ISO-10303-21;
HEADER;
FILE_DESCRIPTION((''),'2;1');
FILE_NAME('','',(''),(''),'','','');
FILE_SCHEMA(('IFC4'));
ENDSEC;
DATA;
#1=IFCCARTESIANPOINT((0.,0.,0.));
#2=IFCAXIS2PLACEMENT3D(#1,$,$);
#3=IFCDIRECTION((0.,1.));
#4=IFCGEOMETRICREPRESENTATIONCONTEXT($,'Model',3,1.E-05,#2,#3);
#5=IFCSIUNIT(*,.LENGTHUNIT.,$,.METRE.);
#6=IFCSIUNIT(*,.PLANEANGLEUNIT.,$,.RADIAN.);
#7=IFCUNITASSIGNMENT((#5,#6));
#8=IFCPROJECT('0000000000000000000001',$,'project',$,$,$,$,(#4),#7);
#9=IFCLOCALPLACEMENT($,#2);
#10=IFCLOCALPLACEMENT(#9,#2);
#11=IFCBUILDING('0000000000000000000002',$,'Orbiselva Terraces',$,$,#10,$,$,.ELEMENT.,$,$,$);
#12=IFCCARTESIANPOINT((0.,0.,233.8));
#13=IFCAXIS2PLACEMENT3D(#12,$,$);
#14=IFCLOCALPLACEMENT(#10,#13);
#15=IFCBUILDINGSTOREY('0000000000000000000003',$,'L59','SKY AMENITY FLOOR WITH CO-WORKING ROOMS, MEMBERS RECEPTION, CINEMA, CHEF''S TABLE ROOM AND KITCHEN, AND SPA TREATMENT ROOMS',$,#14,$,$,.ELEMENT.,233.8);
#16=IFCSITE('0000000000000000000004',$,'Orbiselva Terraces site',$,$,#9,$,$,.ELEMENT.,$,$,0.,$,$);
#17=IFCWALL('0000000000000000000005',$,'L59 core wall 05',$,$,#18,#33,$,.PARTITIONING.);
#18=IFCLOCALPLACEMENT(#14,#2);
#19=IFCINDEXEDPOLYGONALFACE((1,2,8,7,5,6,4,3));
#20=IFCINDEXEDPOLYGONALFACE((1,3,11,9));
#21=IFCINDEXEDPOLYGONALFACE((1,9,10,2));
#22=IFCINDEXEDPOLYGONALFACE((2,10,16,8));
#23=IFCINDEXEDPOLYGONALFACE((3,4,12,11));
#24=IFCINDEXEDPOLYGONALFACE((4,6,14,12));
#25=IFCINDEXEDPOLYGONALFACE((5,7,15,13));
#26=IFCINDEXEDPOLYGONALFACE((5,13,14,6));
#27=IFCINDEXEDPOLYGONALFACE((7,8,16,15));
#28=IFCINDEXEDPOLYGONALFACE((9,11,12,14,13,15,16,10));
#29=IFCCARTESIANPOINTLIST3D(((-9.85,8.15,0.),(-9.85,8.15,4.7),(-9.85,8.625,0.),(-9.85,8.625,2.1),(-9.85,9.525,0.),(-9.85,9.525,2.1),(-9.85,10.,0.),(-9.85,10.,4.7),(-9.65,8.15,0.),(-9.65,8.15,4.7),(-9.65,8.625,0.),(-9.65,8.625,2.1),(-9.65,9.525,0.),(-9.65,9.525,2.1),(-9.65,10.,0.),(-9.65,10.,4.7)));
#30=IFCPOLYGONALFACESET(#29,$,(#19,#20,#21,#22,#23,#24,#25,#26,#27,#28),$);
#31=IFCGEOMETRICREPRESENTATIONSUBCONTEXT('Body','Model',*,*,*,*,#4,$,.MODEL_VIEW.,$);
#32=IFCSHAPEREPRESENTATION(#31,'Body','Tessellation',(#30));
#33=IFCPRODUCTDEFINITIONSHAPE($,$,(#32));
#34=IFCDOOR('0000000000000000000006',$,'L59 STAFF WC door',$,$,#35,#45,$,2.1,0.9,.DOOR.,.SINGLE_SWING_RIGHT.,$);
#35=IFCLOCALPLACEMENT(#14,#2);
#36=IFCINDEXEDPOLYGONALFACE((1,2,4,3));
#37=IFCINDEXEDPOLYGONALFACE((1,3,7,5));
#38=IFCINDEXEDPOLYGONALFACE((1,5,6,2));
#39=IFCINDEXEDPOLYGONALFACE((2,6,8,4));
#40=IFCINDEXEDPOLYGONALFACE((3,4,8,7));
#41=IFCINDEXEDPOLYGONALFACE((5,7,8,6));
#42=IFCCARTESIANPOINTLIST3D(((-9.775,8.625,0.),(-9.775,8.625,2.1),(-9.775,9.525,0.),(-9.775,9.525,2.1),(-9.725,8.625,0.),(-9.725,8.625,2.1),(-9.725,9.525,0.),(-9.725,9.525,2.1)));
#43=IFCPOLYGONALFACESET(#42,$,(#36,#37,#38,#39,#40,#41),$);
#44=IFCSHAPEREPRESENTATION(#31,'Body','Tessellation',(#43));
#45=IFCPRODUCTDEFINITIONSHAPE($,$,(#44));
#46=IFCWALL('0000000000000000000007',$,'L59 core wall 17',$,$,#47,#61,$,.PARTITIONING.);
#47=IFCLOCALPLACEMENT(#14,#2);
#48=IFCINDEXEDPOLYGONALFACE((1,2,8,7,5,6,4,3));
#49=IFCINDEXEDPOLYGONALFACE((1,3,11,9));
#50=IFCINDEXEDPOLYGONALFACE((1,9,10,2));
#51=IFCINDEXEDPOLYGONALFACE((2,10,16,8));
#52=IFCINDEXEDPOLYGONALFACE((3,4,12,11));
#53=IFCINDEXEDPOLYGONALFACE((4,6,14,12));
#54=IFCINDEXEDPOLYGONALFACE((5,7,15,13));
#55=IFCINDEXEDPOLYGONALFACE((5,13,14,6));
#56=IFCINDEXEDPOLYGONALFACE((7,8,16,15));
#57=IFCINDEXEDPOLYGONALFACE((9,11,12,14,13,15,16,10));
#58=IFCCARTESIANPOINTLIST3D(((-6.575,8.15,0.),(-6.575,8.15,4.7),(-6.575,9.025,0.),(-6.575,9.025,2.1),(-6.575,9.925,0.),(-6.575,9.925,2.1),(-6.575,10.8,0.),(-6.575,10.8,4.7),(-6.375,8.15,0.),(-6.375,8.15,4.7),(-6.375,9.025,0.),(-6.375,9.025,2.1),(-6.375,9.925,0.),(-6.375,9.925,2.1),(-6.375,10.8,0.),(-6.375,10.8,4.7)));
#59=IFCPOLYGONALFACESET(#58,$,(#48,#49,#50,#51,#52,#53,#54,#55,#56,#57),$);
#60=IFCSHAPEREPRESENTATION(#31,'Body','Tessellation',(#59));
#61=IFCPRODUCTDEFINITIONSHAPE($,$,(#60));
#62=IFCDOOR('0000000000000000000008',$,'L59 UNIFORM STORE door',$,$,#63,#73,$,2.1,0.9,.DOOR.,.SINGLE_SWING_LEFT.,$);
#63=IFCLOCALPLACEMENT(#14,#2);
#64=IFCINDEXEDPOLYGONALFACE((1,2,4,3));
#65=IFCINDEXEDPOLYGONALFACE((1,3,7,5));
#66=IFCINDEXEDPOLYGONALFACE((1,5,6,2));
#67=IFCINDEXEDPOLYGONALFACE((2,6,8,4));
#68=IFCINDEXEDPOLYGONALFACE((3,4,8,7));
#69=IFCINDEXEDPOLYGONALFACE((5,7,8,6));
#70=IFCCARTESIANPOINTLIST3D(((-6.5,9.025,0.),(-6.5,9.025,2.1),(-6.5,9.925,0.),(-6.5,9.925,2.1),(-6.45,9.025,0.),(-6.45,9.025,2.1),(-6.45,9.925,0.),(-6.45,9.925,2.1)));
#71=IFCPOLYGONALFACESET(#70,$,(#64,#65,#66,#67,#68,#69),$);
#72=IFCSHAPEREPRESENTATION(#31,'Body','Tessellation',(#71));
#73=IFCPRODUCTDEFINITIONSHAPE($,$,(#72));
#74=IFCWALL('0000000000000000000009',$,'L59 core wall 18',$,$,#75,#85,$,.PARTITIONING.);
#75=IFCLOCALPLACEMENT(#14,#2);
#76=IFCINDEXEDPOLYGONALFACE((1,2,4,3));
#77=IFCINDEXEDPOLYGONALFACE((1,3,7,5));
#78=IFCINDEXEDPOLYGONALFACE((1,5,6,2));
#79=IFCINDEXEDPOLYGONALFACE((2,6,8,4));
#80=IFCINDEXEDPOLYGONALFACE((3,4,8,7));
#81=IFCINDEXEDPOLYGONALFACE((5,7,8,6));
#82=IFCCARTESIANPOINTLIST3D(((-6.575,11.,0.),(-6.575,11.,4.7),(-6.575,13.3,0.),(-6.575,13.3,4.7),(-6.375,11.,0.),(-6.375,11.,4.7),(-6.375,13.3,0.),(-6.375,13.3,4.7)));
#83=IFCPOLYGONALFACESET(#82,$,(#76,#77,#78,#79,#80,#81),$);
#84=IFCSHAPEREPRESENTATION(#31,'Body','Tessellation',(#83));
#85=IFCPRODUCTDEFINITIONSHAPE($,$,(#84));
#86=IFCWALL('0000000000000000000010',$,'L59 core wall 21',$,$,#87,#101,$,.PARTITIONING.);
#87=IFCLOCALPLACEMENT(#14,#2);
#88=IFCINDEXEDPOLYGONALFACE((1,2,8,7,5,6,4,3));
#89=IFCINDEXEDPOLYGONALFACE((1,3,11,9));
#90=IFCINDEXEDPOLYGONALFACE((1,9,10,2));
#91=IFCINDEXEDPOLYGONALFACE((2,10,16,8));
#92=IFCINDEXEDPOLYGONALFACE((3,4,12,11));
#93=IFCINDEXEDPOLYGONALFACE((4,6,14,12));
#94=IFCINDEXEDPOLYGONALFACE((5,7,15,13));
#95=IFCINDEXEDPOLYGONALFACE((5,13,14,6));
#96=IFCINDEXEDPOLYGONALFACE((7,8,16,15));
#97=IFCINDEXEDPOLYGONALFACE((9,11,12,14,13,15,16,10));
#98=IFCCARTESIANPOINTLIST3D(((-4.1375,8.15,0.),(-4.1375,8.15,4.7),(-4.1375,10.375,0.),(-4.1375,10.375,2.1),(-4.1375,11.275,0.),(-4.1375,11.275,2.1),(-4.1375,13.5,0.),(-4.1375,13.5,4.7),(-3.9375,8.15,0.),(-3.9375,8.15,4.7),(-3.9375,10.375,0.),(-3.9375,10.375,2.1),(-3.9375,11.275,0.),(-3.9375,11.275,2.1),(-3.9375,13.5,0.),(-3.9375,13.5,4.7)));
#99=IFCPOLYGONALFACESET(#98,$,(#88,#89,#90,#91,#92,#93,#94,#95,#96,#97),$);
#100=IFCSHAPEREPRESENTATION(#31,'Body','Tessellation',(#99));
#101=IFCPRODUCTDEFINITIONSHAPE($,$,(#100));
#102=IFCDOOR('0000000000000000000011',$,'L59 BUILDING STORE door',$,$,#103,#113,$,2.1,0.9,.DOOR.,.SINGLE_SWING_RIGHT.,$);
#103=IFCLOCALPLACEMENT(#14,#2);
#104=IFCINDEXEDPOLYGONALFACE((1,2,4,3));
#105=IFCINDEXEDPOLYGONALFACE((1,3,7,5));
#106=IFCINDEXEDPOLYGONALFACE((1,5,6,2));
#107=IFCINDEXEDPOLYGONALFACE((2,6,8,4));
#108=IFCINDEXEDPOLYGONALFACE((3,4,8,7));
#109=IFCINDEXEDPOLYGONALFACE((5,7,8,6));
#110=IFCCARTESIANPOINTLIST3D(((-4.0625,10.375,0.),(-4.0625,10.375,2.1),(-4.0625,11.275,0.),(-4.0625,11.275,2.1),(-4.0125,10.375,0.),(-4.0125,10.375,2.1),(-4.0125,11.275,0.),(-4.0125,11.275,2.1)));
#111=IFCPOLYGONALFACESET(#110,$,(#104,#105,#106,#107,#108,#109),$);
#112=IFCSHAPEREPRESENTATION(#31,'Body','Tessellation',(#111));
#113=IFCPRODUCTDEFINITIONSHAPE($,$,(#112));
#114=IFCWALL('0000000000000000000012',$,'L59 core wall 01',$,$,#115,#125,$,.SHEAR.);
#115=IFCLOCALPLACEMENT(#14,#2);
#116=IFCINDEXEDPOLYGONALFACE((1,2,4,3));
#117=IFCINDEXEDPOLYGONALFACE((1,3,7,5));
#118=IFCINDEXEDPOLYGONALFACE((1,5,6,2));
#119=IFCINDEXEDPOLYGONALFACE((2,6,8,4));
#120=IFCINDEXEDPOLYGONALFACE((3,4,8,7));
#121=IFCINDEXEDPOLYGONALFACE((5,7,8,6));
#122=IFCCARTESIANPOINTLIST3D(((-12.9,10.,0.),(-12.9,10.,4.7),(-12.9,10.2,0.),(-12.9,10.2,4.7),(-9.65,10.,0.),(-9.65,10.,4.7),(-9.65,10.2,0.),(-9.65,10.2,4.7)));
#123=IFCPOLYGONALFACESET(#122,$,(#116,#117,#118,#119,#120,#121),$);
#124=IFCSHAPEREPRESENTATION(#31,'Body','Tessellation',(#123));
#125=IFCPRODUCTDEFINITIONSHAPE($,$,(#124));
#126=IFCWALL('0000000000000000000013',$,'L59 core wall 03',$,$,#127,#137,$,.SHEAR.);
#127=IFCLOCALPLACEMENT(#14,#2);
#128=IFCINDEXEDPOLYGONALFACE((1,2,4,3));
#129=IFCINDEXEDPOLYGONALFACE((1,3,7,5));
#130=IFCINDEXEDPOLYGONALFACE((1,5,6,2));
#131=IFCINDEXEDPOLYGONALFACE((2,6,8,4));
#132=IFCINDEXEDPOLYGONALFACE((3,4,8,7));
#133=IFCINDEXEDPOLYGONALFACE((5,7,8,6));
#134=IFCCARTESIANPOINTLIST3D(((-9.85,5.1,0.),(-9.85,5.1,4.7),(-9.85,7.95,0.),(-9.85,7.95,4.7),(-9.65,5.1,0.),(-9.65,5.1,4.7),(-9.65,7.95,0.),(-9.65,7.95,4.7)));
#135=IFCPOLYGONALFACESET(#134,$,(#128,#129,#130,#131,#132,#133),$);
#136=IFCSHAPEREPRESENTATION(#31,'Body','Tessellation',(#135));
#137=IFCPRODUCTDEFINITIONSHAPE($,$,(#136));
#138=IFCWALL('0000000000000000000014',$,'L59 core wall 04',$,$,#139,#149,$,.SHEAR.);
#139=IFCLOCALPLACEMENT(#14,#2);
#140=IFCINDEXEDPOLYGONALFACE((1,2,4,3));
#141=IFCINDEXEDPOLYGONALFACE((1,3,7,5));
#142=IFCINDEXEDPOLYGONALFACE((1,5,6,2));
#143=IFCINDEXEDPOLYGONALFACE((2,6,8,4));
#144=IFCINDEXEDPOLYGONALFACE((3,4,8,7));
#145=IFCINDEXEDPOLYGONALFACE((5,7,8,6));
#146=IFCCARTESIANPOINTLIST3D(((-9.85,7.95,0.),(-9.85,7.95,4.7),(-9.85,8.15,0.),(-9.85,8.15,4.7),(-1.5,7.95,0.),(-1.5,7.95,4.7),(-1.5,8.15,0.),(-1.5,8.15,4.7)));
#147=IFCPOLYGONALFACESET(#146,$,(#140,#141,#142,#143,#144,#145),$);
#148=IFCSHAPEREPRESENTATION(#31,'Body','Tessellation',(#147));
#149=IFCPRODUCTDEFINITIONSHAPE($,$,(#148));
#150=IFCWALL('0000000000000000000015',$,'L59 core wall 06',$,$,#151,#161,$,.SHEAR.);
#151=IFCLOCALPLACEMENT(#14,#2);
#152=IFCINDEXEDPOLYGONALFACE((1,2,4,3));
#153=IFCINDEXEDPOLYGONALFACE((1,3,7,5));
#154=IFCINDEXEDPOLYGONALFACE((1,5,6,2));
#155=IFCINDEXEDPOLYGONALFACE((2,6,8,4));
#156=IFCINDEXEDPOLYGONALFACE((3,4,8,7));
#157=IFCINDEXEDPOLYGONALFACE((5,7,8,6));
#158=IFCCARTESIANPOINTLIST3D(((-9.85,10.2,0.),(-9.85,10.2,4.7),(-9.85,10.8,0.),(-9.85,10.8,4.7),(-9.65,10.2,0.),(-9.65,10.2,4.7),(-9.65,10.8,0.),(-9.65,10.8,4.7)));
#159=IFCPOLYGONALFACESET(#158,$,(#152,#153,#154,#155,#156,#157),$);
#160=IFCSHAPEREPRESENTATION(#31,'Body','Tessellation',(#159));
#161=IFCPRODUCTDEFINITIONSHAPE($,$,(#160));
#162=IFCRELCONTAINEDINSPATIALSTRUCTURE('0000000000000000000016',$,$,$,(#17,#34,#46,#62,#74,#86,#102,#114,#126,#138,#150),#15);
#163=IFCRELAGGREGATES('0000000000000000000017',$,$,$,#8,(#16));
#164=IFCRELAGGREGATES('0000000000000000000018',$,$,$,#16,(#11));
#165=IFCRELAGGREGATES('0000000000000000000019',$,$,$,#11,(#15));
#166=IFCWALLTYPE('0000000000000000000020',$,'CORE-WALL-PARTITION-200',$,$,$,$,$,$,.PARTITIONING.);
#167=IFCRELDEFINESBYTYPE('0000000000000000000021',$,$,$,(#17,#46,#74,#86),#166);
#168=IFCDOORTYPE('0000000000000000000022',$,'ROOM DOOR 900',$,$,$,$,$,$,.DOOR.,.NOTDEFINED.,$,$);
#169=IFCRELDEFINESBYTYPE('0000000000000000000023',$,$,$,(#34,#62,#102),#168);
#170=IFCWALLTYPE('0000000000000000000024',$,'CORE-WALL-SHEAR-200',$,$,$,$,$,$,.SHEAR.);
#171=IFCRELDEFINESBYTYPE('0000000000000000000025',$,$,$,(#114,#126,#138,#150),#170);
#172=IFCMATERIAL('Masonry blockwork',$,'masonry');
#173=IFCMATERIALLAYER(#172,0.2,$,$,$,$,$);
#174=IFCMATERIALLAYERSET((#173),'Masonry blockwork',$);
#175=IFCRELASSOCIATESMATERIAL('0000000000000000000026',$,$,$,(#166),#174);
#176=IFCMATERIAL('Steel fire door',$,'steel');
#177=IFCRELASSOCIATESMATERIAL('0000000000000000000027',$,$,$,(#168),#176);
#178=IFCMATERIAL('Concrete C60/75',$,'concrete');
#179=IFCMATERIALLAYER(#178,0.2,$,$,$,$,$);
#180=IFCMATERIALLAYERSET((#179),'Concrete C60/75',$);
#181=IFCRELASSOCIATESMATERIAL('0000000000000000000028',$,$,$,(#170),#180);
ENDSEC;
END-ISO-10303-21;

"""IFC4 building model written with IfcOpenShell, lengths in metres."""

from ifc_helpers import new_model, si_unit, direction, frame, frame_2d, origin, place, context, subcontext, project, spatial, rectangle, extrude, material, layer, layer_set, type_object, element, fill, save


model = new_model("IFC4")

# Units and contexts
model_context = context("Model", 3, precision=1e-05, world=origin(), true_north=direction((0.0, 1.0)))
body_context = subcontext(model_context, "Body", "Model", "MODEL_VIEW")
ifc_project = project(units=[si_unit("LENGTHUNIT", "METRE"), si_unit("PLANEANGLEUNIT", "RADIAN")], contexts=[model_context])

# Site, building, storey
site_placement = place(None, origin())
site = spatial("IfcSite", under=ifc_project, at=site_placement, Name="Orbiselva Terraces site", CompositionType="ELEMENT", RefElevation=0.0)
building_placement = place(site_placement, origin())
building = spatial("IfcBuilding", under=site, at=building_placement, Name="Orbiselva Terraces", CompositionType="ELEMENT")
storey_placement = place(building_placement, frame((0.0, 0.0, 233.8)))
storey = spatial("IfcBuildingStorey", under=building, at=storey_placement, Name="L59", Description="SKY AMENITY FLOOR WITH CO-WORKING ROOMS, MEMBERS RECEPTION, CINEMA, CHEF'S TABLE ROOM AND KITCHEN, AND SPA TREATMENT ROOMS", CompositionType="ELEMENT", Elevation=233.8)

# Walls, openings, doors
ifc_material_1 = material(Name="Masonry blockwork", Category="masonry")
ifc_layer_1 = layer(ifc_material_1, 0.2)
ifc_layer_set_1 = layer_set([ifc_layer_1], Name="Masonry blockwork")
wall_type_1 = type_object("IfcWallType", Name="CORE-WALL-PARTITION-200", PredefinedType="PARTITIONING", material=ifc_layer_set_1)
wall_1_placement = place(storey_placement, frame((-9.75, 8.15, 0.0), z_axis=(0.0, 0.0, 1.0), x_axis=(0.0, 1.0, 0.0)))
wall_1 = element("IfcWall", 1, at=wall_1_placement, inside=storey, type_object=wall_type_1, Name="L59 core wall 05", PredefinedType="PARTITIONING", context=body_context, shape_type="SweptSolid", body=[
    extrude(rectangle(XDim=1.85, YDim=0.2, at=frame_2d((0.925, 0.0))), origin(), (0.0, 0.0, 1.0), 4.7),
])
opening_1_placement = place(wall_1_placement, frame((0.475, 0.0, 0.0)))
opening_1 = element("IfcOpeningElement", 2, at=opening_1_placement, cuts=wall_1, PredefinedType="OPENING", context=body_context, shape_type="SweptSolid", body=[
    extrude(rectangle(XDim=0.9, YDim=2.1, at=frame_2d((0.45, 1.05))), frame((0.0, 0.11, 0.0), z_axis=(0.0, -1.0, 0.0), x_axis=(1.0, 0.0, 0.0)), (0.0, 0.0, 1.0), 0.22),
])
ifc_material_2 = material(Name="Steel fire door", Category="steel")
door_type = type_object("IfcDoorType", Name="ROOM DOOR 900", OperationType="NOTDEFINED", PredefinedType="DOOR", material=ifc_material_2)
door_1_placement = place(opening_1_placement, origin())
door_1 = element("IfcDoor", 3, at=door_1_placement, inside=storey, type_object=door_type, Name="L59 STAFF WC door", OperationType="SINGLE_SWING_RIGHT", OverallHeight=2.1, OverallWidth=0.9, PredefinedType="DOOR", context=body_context, shape_type="SweptSolid", body=[
    extrude(rectangle(XDim=0.9, YDim=2.1, at=frame_2d((0.45, 1.05))), frame((0.0, 0.025, 0.0), z_axis=(0.0, -1.0, 0.0), x_axis=(1.0, 0.0, 0.0)), (0.0, 0.0, 1.0), 0.05),
])
fill(opening_1, door_1)
wall_2_placement = place(storey_placement, frame((-6.475, 8.15, 0.0), z_axis=(0.0, 0.0, 1.0), x_axis=(0.0, 1.0, 0.0)))
wall_2 = element("IfcWall", 4, at=wall_2_placement, inside=storey, type_object=wall_type_1, Name="L59 core wall 17", PredefinedType="PARTITIONING", context=body_context, shape_type="SweptSolid", body=[
    extrude(rectangle(XDim=2.65, YDim=0.2, at=frame_2d((1.325, 0.0))), origin(), (0.0, 0.0, 1.0), 4.7),
])
opening_2_placement = place(wall_2_placement, frame((0.875, 0.0, 0.0)))
opening_2 = element("IfcOpeningElement", 5, at=opening_2_placement, cuts=wall_2, PredefinedType="OPENING", context=body_context, shape_type="SweptSolid", body=[
    extrude(rectangle(XDim=0.9, YDim=2.1, at=frame_2d((0.45, 1.05))), frame((0.0, 0.11, 0.0), z_axis=(0.0, -1.0, 0.0), x_axis=(1.0, 0.0, 0.0)), (0.0, 0.0, 1.0), 0.22),
])
door_2_placement = place(opening_2_placement, origin())
door_2 = element("IfcDoor", 6, at=door_2_placement, inside=storey, type_object=door_type, Name="L59 UNIFORM STORE door", OperationType="SINGLE_SWING_LEFT", OverallHeight=2.1, OverallWidth=0.9, PredefinedType="DOOR", context=body_context, shape_type="SweptSolid", body=[
    extrude(rectangle(XDim=0.9, YDim=2.1, at=frame_2d((0.45, 1.05))), frame((0.0, 0.025, 0.0), z_axis=(0.0, -1.0, 0.0), x_axis=(1.0, 0.0, 0.0)), (0.0, 0.0, 1.0), 0.05),
])
fill(opening_2, door_2)

# Wall
wall_3_placement = place(storey_placement, frame((-6.475, 11.0, 0.0), z_axis=(0.0, 0.0, 1.0), x_axis=(0.0, 1.0, 0.0)))
element("IfcWall", 7, at=wall_3_placement, inside=storey, type_object=wall_type_1, Name="L59 core wall 18", PredefinedType="PARTITIONING", context=body_context, shape_type="SweptSolid", body=[
    extrude(rectangle(XDim=2.3, YDim=0.2, at=frame_2d((1.15, 0.0))), origin(), (0.0, 0.0, 1.0), 4.7),
])

# Wall, opening, door
wall_4_placement = place(storey_placement, frame((-4.0375, 8.15, 0.0), z_axis=(0.0, 0.0, 1.0), x_axis=(0.0, 1.0, 0.0)))
wall_4 = element("IfcWall", 8, at=wall_4_placement, inside=storey, type_object=wall_type_1, Name="L59 core wall 21", PredefinedType="PARTITIONING", context=body_context, shape_type="SweptSolid", body=[
    extrude(rectangle(XDim=5.35, YDim=0.2, at=frame_2d((2.675, 0.0))), origin(), (0.0, 0.0, 1.0), 4.7),
])
opening_3_placement = place(wall_4_placement, frame((2.225, 0.0, 0.0)))
opening_3 = element("IfcOpeningElement", 9, at=opening_3_placement, cuts=wall_4, PredefinedType="OPENING", context=body_context, shape_type="SweptSolid", body=[
    extrude(rectangle(XDim=0.9, YDim=2.1, at=frame_2d((0.45, 1.05))), frame((0.0, 0.11, 0.0), z_axis=(0.0, -1.0, 0.0), x_axis=(1.0, 0.0, 0.0)), (0.0, 0.0, 1.0), 0.22),
])
door_3_placement = place(opening_3_placement, origin())
door_3 = element("IfcDoor", 10, at=door_3_placement, inside=storey, type_object=door_type, Name="L59 BUILDING STORE door", OperationType="SINGLE_SWING_RIGHT", OverallHeight=2.1, OverallWidth=0.9, PredefinedType="DOOR", context=body_context, shape_type="SweptSolid", body=[
    extrude(rectangle(XDim=0.9, YDim=2.1, at=frame_2d((0.45, 1.05))), frame((0.0, 0.025, 0.0), z_axis=(0.0, -1.0, 0.0), x_axis=(1.0, 0.0, 0.0)), (0.0, 0.0, 1.0), 0.05),
])
fill(opening_3, door_3)

# Walls
ifc_material_3 = material(Name="Concrete C60/75", Category="concrete")
ifc_layer_2 = layer(ifc_material_3, 0.2)
ifc_layer_set_2 = layer_set([ifc_layer_2], Name="Concrete C60/75")
wall_type_2 = type_object("IfcWallType", Name="CORE-WALL-SHEAR-200", PredefinedType="SHEAR", material=ifc_layer_set_2)
wall_5_placement = place(storey_placement, frame((-12.9, 10.1, 0.0), z_axis=(0.0, 0.0, 1.0), x_axis=(1.0, 0.0, 0.0)))
element("IfcWall", 11, at=wall_5_placement, inside=storey, type_object=wall_type_2, Name="L59 core wall 01", PredefinedType="SHEAR", context=body_context, shape_type="SweptSolid", body=[
    extrude(rectangle(XDim=3.25, YDim=0.2, at=frame_2d((1.625, 0.0))), origin(), (0.0, 0.0, 1.0), 4.7),
])
wall_6_placement = place(storey_placement, frame((-9.75, 5.1, 0.0), z_axis=(0.0, 0.0, 1.0), x_axis=(0.0, 1.0, 0.0)))
element("IfcWall", 12, at=wall_6_placement, inside=storey, type_object=wall_type_2, Name="L59 core wall 03", PredefinedType="SHEAR", context=body_context, shape_type="SweptSolid", body=[
    extrude(rectangle(XDim=2.85, YDim=0.2, at=frame_2d((1.425, 0.0))), origin(), (0.0, 0.0, 1.0), 4.7),
])
wall_7_placement = place(storey_placement, frame((-9.85, 8.05, 0.0), z_axis=(0.0, 0.0, 1.0), x_axis=(1.0, 0.0, 0.0)))
element("IfcWall", 13, at=wall_7_placement, inside=storey, type_object=wall_type_2, Name="L59 core wall 04", PredefinedType="SHEAR", context=body_context, shape_type="SweptSolid", body=[
    extrude(rectangle(XDim=8.35, YDim=0.2, at=frame_2d((4.175, 0.0))), origin(), (0.0, 0.0, 1.0), 4.7),
])
wall_8_placement = place(storey_placement, frame((-9.75, 10.2, 0.0), z_axis=(0.0, 0.0, 1.0), x_axis=(0.0, 1.0, 0.0)))
element("IfcWall", 14, at=wall_8_placement, inside=storey, type_object=wall_type_2, Name="L59 core wall 06", PredefinedType="SHEAR", context=body_context, shape_type="SweptSolid", body=[
    extrude(rectangle(XDim=0.6, YDim=0.2, at=frame_2d((0.3, 0.0))), origin(), (0.0, 0.0, 1.0), 4.7),
])

save(model, "model.ifc")
